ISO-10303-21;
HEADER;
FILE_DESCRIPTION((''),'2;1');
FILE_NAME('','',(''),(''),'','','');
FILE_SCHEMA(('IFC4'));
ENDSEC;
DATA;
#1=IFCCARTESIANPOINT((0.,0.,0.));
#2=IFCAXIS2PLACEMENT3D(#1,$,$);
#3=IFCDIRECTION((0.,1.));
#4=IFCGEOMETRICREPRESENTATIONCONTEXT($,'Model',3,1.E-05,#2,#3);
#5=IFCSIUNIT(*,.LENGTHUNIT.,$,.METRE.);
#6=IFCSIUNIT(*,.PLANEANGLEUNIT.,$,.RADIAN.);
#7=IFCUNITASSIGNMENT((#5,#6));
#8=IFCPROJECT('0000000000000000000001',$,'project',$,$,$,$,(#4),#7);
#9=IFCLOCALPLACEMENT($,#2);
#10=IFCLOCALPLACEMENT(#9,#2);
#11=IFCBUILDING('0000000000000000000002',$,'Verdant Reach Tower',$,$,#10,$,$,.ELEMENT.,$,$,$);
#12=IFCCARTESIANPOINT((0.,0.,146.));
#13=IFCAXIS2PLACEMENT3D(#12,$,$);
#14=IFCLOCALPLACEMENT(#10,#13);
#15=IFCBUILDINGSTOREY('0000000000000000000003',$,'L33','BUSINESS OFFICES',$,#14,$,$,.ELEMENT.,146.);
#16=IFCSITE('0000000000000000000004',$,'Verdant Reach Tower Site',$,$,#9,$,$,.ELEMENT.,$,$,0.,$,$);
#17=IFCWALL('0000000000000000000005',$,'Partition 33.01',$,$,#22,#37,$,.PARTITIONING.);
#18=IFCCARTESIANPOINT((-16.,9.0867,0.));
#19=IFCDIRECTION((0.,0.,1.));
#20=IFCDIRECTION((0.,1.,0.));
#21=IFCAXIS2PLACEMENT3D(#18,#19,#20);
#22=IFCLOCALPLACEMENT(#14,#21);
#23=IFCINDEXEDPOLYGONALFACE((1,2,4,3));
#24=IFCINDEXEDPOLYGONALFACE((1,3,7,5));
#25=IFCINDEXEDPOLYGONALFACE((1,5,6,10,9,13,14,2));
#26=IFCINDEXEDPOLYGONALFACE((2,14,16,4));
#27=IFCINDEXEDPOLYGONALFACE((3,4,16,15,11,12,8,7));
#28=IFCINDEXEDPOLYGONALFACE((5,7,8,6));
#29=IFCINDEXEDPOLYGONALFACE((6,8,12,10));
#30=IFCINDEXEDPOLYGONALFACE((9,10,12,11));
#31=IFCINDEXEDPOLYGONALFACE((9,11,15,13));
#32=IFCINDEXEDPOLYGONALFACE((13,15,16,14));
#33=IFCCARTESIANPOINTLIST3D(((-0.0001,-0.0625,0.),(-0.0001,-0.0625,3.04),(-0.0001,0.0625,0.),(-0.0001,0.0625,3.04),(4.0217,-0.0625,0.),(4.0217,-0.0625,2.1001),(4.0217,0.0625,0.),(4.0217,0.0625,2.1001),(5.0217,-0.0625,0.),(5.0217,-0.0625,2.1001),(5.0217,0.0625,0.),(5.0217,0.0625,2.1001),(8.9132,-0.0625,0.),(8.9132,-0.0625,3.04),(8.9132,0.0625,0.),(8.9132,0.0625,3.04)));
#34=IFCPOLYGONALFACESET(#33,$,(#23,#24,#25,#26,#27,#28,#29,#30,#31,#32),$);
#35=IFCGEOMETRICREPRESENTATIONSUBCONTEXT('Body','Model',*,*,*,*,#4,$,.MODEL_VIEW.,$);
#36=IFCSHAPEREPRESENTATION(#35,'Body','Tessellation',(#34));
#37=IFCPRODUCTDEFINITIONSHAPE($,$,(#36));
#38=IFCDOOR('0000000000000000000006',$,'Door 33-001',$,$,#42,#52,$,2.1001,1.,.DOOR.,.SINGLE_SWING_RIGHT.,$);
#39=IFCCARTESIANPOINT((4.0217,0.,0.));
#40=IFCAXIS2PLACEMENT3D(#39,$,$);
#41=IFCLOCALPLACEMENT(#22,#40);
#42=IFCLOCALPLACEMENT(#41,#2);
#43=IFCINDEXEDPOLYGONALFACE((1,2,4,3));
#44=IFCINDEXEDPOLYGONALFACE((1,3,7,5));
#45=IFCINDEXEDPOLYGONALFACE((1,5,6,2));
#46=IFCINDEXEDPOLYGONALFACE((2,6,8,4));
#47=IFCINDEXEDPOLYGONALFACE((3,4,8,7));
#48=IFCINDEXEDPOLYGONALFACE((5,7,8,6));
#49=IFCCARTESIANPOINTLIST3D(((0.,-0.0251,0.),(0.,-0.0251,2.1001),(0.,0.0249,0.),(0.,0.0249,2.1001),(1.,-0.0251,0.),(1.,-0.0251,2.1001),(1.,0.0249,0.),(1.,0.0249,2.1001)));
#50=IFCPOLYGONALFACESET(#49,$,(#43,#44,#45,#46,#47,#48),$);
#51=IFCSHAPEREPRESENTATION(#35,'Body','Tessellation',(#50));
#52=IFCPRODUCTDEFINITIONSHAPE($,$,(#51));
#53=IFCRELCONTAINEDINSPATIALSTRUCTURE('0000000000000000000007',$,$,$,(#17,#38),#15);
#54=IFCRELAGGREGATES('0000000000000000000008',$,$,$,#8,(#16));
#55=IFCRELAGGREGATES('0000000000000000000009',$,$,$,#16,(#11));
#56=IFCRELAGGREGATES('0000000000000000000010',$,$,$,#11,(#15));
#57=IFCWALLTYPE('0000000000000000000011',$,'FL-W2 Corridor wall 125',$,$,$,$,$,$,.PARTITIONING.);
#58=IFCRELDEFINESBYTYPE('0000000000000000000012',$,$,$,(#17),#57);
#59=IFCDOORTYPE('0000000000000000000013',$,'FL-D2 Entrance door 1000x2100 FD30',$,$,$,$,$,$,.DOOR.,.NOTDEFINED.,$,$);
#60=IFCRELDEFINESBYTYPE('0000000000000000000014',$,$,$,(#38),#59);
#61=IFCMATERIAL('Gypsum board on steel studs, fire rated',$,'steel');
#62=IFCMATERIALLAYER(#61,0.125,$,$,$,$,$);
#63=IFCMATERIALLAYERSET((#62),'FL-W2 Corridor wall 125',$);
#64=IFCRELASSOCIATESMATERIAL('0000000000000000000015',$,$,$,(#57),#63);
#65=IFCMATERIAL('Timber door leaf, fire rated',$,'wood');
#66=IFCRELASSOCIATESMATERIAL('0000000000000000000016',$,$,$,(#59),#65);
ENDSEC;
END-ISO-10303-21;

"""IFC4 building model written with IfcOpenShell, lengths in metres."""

from ifc_helpers import new_model, si_unit, direction, frame, frame_2d, origin, place, context, subcontext, project, spatial, rectangle, extrude, material, layer, layer_set, type_object, element, fill, save


model = new_model("IFC4")

# Units and contexts
model_context = context("Model", 3, precision=1e-05, world=origin(), true_north=direction((0.0, 1.0)))
body_context = subcontext(model_context, "Body", "Model", "MODEL_VIEW")
ifc_project = project(units=[si_unit("LENGTHUNIT", "METRE"), si_unit("PLANEANGLEUNIT", "RADIAN")], contexts=[model_context])

# Site, building, storey
site_placement = place(None, origin())
site = spatial("IfcSite", under=ifc_project, at=site_placement, Name="Verdant Reach Tower Site", CompositionType="ELEMENT", RefElevation=0.0)
building_placement = place(site_placement, origin())
building = spatial("IfcBuilding", under=site, at=building_placement, Name="Verdant Reach Tower", CompositionType="ELEMENT")
storey_placement = place(building_placement, frame((0.0, 0.0, 146.0)))
storey = spatial("IfcBuildingStorey", under=building, at=storey_placement, Name="L33", Description="BUSINESS OFFICES", CompositionType="ELEMENT", Elevation=146.0)

# Wall, opening, door
ifc_material_1 = material(Name="Gypsum board on steel studs, fire rated", Category="steel")
ifc_layer_1 = layer(ifc_material_1, 0.125)
ifc_layer_set_1 = layer_set([ifc_layer_1], Name="FL-W2 Corridor wall 125")
wall_type_1 = type_object("IfcWallType", Name="FL-W2 Corridor wall 125", PredefinedType="PARTITIONING", material=ifc_layer_set_1)
wall_1_placement = place(storey_placement, frame((-16.0, 9.0867, 0.0), z_axis=(0.0, 0.0, 1.0), x_axis=(0.0, 1.0, 0.0)))
wall_1 = element("IfcWall", 1, at=wall_1_placement, inside=storey, type_object=wall_type_1, Name="Partition 33.01", PredefinedType="PARTITIONING", context=body_context, shape_type="SweptSolid", body=[
    extrude(rectangle(XDim=8.9133, YDim=0.125, at=frame_2d((4.4565, 0.0))), origin(), (0.0, 0.0, 1.0), 3.04),
])
opening_1_placement = place(wall_1_placement, frame((4.0217, 0.0, 0.0)))
opening_1 = element("IfcOpeningElement", 2, at=opening_1_placement, cuts=wall_1, PredefinedType="OPENING", context=body_context, shape_type="SweptSolid", body=[
    extrude(rectangle(XDim=1.0, YDim=2.1001, at=frame_2d((0.5, 1.05))), frame((0.0, 0.0725, 0.0), z_axis=(0.0, -1.0, 0.0), x_axis=(1.0, 0.0, 0.0)), (0.0, 0.0, 1.0), 0.145),
])
ifc_material_2 = material(Name="Timber door leaf, fire rated", Category="wood")
door_type = type_object("IfcDoorType", Name="FL-D2 Entrance door 1000x2100 FD30", OperationType="NOTDEFINED", PredefinedType="DOOR", material=ifc_material_2)
door_1_placement = place(opening_1_placement, origin())
door_1 = element("IfcDoor", 3, at=door_1_placement, inside=storey, type_object=door_type, Name="Door 33-001", OperationType="SINGLE_SWING_RIGHT", OverallHeight=2.1001, OverallWidth=1.0, PredefinedType="DOOR", context=body_context, shape_type="SweptSolid", body=[
    extrude(rectangle(XDim=1.0, YDim=2.1001, at=frame_2d((0.5, 1.05))), frame((0.0, 0.0249, 0.0), z_axis=(0.0, -1.0, 0.0), x_axis=(1.0, 0.0, 0.0)), (0.0, 0.0, 1.0), 0.05),
])
fill(opening_1, door_1)

save(model, "model.ifc")
